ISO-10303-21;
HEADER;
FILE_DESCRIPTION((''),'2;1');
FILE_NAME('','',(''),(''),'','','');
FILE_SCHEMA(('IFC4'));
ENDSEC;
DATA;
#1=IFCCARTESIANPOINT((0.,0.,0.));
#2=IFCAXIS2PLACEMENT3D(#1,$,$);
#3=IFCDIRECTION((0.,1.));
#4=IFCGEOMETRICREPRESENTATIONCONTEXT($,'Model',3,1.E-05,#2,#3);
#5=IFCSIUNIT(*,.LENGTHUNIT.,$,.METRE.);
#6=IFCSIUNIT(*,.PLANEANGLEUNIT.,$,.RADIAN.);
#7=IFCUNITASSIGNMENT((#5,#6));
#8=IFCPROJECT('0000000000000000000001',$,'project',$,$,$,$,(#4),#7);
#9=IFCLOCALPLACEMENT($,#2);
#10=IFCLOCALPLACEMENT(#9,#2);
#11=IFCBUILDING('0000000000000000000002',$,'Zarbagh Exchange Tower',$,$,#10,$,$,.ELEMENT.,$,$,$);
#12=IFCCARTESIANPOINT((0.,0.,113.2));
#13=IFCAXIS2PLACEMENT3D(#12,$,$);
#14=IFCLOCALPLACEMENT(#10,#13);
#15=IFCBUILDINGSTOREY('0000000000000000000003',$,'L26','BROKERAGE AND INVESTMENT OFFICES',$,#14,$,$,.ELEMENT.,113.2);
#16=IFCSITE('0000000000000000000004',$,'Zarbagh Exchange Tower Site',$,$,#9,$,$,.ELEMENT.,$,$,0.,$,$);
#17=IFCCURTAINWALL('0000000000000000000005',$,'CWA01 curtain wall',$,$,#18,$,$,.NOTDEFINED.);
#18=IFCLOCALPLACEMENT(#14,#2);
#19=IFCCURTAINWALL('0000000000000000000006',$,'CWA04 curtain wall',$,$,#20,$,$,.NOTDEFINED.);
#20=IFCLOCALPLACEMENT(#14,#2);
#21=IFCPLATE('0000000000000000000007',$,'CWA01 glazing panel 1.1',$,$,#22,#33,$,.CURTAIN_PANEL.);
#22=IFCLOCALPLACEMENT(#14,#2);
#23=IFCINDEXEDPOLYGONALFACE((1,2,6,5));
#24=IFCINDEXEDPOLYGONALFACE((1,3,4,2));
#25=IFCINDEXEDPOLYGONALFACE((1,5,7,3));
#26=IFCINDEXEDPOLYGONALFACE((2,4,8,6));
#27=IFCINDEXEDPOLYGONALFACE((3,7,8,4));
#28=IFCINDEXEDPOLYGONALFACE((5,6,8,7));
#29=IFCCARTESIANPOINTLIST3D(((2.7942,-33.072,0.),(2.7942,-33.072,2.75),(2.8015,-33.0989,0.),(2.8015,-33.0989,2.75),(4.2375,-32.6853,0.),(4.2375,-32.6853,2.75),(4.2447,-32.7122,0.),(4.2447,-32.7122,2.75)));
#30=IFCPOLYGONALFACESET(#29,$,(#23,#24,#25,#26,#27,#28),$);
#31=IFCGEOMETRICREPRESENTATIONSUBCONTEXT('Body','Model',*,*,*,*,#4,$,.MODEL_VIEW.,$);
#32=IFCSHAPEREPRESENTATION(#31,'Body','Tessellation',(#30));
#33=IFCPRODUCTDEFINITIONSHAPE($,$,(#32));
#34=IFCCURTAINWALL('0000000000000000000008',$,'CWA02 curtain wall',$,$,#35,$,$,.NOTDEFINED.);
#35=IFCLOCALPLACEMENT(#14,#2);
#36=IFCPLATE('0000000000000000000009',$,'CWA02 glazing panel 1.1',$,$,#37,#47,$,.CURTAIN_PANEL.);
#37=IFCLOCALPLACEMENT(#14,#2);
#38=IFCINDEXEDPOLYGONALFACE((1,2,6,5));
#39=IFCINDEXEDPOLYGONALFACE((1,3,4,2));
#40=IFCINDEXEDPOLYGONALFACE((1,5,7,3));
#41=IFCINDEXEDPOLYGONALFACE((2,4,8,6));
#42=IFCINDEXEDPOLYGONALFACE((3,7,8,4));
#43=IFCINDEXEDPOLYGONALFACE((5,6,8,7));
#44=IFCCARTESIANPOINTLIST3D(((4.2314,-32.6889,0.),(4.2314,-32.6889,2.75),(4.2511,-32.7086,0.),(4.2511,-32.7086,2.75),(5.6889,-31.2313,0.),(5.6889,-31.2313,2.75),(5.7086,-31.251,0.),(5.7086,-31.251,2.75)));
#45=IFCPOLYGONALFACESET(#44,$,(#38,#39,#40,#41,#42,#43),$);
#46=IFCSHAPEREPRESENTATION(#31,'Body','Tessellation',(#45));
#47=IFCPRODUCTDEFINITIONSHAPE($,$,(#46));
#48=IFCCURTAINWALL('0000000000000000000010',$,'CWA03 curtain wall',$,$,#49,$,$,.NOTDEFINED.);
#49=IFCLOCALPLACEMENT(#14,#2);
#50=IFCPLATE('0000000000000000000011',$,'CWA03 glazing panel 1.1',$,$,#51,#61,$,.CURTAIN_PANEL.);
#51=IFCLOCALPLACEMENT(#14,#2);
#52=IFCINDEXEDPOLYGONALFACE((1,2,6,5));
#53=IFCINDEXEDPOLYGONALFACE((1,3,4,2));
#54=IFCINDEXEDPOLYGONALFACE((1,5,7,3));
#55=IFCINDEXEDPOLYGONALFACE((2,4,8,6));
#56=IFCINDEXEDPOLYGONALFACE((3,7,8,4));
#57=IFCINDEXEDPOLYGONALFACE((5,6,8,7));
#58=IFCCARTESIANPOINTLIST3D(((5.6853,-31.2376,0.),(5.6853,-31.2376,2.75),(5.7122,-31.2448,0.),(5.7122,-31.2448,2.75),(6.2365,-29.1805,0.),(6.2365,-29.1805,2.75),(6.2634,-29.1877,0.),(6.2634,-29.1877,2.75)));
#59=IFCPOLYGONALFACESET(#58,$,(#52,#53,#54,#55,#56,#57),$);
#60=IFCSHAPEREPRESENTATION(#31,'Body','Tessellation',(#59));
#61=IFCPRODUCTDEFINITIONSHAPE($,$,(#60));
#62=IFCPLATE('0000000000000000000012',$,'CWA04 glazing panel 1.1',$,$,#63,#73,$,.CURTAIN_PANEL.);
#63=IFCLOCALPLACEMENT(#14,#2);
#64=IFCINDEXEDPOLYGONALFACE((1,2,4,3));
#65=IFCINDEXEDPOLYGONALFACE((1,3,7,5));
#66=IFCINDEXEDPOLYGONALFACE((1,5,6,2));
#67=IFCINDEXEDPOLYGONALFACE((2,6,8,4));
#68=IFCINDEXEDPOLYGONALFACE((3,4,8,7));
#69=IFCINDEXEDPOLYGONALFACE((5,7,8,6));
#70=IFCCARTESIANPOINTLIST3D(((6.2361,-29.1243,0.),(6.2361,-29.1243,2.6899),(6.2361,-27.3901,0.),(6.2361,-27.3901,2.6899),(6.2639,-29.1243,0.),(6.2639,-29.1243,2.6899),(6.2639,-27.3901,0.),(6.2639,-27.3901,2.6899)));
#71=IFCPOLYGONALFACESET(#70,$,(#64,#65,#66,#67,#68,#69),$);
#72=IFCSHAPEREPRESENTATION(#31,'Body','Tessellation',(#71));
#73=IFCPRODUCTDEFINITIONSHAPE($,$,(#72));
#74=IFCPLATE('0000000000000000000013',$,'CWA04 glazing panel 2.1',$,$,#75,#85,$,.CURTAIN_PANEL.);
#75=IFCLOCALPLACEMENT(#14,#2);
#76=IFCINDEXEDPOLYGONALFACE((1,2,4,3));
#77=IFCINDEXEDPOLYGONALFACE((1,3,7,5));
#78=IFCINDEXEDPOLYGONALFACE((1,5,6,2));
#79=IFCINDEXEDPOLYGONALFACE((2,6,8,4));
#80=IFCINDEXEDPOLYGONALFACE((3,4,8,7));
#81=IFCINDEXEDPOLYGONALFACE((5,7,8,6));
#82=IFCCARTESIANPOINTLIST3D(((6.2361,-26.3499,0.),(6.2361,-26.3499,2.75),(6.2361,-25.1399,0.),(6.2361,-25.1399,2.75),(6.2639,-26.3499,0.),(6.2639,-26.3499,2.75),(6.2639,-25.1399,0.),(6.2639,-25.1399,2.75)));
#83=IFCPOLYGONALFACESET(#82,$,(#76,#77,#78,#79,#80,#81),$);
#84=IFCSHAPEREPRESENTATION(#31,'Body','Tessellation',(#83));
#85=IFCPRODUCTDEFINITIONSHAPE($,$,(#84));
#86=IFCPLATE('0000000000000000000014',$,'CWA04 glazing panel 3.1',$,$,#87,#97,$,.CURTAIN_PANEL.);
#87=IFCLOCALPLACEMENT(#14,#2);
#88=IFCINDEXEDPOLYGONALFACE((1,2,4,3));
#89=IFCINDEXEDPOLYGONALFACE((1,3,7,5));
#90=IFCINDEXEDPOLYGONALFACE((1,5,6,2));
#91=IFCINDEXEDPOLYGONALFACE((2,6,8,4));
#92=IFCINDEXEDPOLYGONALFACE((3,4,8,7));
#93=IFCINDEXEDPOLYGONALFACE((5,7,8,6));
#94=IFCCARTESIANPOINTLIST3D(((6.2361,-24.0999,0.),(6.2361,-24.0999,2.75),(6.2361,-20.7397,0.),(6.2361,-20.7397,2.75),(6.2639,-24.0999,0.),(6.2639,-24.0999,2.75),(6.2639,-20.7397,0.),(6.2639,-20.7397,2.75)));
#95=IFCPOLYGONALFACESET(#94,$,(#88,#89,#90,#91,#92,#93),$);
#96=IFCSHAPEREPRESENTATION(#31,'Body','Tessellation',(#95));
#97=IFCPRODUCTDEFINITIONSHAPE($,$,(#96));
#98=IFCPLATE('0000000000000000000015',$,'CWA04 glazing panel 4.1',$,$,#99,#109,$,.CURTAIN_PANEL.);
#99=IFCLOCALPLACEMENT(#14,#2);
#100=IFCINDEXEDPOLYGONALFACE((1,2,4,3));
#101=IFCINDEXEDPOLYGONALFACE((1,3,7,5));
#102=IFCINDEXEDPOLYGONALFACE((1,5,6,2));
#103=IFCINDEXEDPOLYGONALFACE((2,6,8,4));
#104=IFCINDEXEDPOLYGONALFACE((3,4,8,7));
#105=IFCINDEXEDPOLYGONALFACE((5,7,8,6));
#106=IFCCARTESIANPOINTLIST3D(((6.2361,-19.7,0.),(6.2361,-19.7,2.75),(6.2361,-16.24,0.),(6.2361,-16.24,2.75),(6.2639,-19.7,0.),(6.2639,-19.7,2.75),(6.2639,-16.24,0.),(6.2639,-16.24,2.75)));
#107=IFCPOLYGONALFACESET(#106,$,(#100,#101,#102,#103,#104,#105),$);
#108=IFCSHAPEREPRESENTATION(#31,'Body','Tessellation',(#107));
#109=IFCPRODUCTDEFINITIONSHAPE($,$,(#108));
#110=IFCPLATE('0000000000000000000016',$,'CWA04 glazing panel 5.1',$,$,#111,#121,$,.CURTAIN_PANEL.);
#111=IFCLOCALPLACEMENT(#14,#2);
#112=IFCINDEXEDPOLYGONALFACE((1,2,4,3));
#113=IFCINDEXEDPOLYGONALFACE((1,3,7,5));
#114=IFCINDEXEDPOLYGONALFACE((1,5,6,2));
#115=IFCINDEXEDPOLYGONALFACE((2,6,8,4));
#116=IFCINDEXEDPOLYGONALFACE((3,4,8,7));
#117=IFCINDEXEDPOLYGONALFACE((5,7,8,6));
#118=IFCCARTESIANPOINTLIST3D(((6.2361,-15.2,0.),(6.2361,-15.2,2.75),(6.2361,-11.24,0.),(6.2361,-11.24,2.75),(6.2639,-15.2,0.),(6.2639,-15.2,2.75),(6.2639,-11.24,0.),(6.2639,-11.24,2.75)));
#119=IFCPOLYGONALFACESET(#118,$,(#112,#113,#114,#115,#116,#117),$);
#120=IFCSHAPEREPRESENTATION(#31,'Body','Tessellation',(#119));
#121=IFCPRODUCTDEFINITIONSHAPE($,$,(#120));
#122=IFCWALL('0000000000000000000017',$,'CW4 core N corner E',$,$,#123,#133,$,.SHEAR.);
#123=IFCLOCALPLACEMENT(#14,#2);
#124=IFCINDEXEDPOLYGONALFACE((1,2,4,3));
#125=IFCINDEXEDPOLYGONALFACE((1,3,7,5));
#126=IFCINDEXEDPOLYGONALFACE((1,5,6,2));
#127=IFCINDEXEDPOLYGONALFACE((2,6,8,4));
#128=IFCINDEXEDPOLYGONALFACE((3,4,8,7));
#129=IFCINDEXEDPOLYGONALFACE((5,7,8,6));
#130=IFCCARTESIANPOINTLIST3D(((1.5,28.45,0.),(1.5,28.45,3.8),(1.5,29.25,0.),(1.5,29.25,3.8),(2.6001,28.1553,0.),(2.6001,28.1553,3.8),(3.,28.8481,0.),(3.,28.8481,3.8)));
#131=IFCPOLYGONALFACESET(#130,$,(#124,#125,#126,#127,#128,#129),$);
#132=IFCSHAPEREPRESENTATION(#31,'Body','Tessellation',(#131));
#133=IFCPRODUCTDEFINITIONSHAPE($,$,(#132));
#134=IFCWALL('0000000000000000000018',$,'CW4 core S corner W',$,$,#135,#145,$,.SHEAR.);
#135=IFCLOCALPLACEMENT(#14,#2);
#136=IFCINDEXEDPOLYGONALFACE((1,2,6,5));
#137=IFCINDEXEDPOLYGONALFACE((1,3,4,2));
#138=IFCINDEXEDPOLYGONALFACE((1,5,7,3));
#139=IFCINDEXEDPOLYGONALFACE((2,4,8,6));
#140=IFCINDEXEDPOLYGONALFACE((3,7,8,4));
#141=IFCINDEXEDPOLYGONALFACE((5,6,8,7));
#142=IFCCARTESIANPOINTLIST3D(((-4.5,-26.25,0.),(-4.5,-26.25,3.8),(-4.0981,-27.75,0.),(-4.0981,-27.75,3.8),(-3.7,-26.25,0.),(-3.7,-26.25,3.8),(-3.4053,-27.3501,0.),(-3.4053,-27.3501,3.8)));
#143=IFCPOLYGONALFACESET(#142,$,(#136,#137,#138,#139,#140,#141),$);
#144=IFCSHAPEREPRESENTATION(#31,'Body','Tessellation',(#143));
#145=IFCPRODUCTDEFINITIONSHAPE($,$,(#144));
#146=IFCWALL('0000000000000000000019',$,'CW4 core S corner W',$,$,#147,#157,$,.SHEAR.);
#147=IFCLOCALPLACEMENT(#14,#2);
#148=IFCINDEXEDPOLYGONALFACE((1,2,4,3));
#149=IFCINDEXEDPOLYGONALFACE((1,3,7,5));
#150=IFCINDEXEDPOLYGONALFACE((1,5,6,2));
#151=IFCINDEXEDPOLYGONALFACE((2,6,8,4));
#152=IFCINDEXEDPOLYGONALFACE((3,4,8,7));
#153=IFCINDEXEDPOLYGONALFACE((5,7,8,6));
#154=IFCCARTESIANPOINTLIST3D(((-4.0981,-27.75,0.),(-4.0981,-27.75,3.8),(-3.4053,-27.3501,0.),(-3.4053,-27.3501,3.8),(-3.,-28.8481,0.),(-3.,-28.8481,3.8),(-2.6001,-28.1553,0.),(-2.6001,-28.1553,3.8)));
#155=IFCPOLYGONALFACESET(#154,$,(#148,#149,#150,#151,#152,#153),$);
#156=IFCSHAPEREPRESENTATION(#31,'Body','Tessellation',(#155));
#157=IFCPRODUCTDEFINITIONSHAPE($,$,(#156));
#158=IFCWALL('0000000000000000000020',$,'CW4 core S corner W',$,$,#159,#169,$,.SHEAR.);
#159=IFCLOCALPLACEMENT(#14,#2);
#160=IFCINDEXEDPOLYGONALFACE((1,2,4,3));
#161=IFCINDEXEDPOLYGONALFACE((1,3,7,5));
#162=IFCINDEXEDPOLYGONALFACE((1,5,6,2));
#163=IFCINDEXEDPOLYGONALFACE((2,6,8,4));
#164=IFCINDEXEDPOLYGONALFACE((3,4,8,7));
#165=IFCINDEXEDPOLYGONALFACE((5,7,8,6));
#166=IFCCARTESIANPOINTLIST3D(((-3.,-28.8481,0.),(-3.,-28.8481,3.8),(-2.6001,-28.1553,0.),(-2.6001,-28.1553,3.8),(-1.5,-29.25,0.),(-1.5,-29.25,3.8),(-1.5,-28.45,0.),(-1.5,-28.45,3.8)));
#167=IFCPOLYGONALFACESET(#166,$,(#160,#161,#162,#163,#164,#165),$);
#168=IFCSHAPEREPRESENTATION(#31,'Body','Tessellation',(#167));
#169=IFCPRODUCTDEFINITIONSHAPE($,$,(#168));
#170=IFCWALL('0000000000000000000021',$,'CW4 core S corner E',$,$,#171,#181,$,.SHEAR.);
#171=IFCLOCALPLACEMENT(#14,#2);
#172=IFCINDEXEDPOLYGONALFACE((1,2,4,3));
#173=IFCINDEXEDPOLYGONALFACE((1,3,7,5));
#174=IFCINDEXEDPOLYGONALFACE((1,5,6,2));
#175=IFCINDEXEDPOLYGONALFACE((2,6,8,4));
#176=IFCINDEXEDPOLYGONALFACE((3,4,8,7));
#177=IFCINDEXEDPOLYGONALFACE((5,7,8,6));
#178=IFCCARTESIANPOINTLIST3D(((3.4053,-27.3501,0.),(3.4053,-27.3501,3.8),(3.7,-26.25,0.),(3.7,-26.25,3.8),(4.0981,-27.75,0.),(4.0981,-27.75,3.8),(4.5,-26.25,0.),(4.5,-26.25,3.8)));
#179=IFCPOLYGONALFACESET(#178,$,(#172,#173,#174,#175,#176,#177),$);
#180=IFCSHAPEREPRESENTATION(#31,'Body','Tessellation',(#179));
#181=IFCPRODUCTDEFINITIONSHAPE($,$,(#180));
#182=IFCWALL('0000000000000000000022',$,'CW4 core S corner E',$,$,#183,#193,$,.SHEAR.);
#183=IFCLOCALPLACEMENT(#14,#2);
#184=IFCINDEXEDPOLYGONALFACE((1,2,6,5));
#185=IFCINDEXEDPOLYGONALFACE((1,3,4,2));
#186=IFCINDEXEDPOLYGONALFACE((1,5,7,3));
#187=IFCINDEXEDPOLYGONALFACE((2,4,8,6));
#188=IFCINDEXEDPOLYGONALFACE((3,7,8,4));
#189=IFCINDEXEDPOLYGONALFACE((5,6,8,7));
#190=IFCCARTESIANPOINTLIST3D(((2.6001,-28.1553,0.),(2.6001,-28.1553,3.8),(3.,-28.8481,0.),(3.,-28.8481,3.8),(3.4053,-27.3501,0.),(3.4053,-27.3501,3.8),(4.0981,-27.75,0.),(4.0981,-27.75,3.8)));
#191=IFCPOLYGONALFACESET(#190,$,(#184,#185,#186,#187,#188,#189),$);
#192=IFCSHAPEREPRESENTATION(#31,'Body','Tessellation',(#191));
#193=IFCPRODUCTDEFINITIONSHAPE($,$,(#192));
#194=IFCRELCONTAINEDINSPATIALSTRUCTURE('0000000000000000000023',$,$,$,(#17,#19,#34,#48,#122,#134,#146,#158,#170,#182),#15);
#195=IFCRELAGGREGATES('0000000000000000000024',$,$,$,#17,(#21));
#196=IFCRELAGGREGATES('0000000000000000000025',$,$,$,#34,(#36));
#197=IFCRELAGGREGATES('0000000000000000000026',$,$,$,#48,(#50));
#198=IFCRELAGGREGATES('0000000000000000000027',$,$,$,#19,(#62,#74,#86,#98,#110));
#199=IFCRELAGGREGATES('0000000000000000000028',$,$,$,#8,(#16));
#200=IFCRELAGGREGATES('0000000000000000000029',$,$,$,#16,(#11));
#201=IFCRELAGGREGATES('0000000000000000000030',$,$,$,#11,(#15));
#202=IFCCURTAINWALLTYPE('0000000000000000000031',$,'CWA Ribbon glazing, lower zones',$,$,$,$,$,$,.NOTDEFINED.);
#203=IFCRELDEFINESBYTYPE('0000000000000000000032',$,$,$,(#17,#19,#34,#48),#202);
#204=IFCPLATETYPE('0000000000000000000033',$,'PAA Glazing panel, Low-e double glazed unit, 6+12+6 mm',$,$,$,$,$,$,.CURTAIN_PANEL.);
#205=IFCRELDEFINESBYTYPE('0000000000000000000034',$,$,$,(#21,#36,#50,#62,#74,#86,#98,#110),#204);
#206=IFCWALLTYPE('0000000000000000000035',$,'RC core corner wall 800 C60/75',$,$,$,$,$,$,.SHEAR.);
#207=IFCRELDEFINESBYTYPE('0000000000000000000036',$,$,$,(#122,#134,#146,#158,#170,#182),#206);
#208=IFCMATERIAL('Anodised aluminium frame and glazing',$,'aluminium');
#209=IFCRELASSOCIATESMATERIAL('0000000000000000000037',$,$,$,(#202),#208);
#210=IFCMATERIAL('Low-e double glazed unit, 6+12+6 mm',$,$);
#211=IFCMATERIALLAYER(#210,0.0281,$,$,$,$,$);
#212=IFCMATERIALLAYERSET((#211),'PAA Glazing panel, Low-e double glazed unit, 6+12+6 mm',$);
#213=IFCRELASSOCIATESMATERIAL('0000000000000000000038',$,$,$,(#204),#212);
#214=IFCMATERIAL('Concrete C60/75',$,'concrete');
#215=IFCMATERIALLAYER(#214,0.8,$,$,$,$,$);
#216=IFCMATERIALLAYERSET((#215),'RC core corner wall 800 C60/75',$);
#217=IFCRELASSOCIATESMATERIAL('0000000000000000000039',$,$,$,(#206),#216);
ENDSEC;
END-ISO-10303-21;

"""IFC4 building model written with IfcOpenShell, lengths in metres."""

from ifc_helpers import new_model, si_unit, direction, frame, origin, place, context, subcontext, project, spatial, polyline, outline, extrude, source, transform, mapped, material, layer, layer_set, type_object, element, aggregate, save


model = new_model("IFC4")

# Units and contexts
model_context = context("Model", 3, precision=1e-05, world=origin(), true_north=direction((0.0, 1.0)))
body_context = subcontext(model_context, "Body", "Model", "MODEL_VIEW")
ifc_project = project(units=[si_unit("LENGTHUNIT", "METRE"), si_unit("PLANEANGLEUNIT", "RADIAN")], contexts=[model_context])

# Site, building, storey
site_placement = place(None, origin())
site = spatial("IfcSite", under=ifc_project, at=site_placement, Name="Zarbagh Exchange Tower Site", CompositionType="ELEMENT", RefElevation=0.0)
building_placement = place(site_placement, origin())
building = spatial("IfcBuilding", under=site, at=building_placement, Name="Zarbagh Exchange Tower", CompositionType="ELEMENT")
storey_placement = place(building_placement, frame((0.0, 0.0, 113.2)))
storey = spatial("IfcBuildingStorey", under=building, at=storey_placement, Name="L26", Description="BROKERAGE AND INVESTMENT OFFICES", CompositionType="ELEMENT", Elevation=113.2)

# Curtain wall
ifc_material_1 = material(Name="Anodised aluminium frame and glazing", Category="aluminium")
curtain_wall_type = type_object("IfcCurtainWallType", Name="CWA Ribbon glazing, lower zones", PredefinedType="NOTDEFINED", material=ifc_material_1)
curtain_wall_1_placement = place(storey_placement, origin())
curtain_wall_1 = element("IfcCurtainWall", 1, at=curtain_wall_1_placement, inside=storey, type_object=curtain_wall_type, Name="CWA01 curtain wall", PredefinedType="NOTDEFINED")
placement = place(storey_placement, origin())

# Curtain wall
curtain_wall_2_placement = place(storey_placement, origin())
curtain_wall_2 = element("IfcCurtainWall", 2, at=curtain_wall_2_placement, inside=storey, type_object=curtain_wall_type, Name="CWA04 curtain wall", PredefinedType="NOTDEFINED")

# Plate
ifc_material_2 = material(Name="Low-e double glazed unit, 6+12+6 mm")
ifc_layer_1 = layer(ifc_material_2, 0.0281)
ifc_layer_set_1 = layer_set([ifc_layer_1], Name="PAA Glazing panel, Low-e double glazed unit, 6+12+6 mm")
plate_type = type_object("IfcPlateType", Name="PAA Glazing panel, Low-e double glazed unit, 6+12+6 mm", PredefinedType="CURTAIN_PANEL", material=ifc_layer_set_1)
shared_shape_1 = source(origin(), body_context, "Body", "SweptSolid", [
    extrude(outline(polyline([(0.0, -0.0139), (1.4941, -0.0139), (1.4941, 0.0139), (0.0, 0.0139), (0.0, -0.0139)])), origin(), (0.0, 0.0, 1.0), 2.75),
])
plate_1 = element("IfcPlate", 3, at=placement, type_object=plate_type, Name="CWA01 glazing panel 1.1", PredefinedType="CURTAIN_PANEL", context=body_context, shape_type="MappedRepresentation", body=[
    mapped(shared_shape_1, transform((2.7979, -33.0854, 0.0), x_axis=(0.965924, 0.258825, 0.0), y_axis=(-0.258825, 0.965924, 0.0), z_axis=(0.0, 0.0, 1.0))),
])
aggregate(curtain_wall_1, [plate_1])

# Curtain walls, plates
curtain_wall_3_placement = place(storey_placement, origin())
curtain_wall_3 = element("IfcCurtainWall", 4, at=curtain_wall_3_placement, inside=storey, type_object=curtain_wall_type, Name="CWA02 curtain wall", PredefinedType="NOTDEFINED")
shared_shape_2 = source(origin(), body_context, "Body", "SweptSolid", [
    extrude(outline(polyline([(0.0, -0.0139), (2.0613, -0.0139), (2.0613, 0.0139), (0.0, 0.0139), (0.0, -0.0139)])), origin(), (0.0, 0.0, 1.0), 2.75),
])
plate_2 = element("IfcPlate", 5, at=placement, type_object=plate_type, Name="CWA02 glazing panel 1.1", PredefinedType="CURTAIN_PANEL", context=body_context, shape_type="MappedRepresentation", body=[
    mapped(shared_shape_2, transform((4.2412, -32.6987, 0.0), x_axis=(0.707107, 0.707107, 0.0), y_axis=(-0.707107, 0.707107, 0.0), z_axis=(0.0, 0.0, 1.0))),
])
aggregate(curtain_wall_3, [plate_2])
curtain_wall_4_placement = place(storey_placement, origin())
curtain_wall_4 = element("IfcCurtainWall", 6, at=curtain_wall_4_placement, inside=storey, type_object=curtain_wall_type, Name="CWA03 curtain wall", PredefinedType="NOTDEFINED")
shared_shape_3 = source(origin(), body_context, "Body", "SweptSolid", [
    extrude(outline(polyline([(0.0, -0.0139), (2.1296, -0.0139), (2.1296, 0.0139), (0.0, 0.0139), (0.0, -0.0139)])), origin(), (0.0, 0.0, 1.0), 2.75),
])
plate_3 = element("IfcPlate", 7, at=placement, type_object=plate_type, Name="CWA03 glazing panel 1.1", PredefinedType="CURTAIN_PANEL", context=body_context, shape_type="MappedRepresentation", body=[
    mapped(shared_shape_3, transform((5.6987, -31.2412, 0.0), x_axis=(0.258825, 0.965924, 0.0), y_axis=(-0.965924, 0.258825, 0.0), z_axis=(0.0, 0.0, 1.0))),
])
aggregate(curtain_wall_4, [plate_3])

# Plates
shared_shape_4 = source(origin(), body_context, "Body", "SweptSolid", [
    extrude(outline(polyline([(0.0, -0.0139), (1.7341, -0.0139), (1.7341, 0.0139), (0.0, 0.0139), (0.0, -0.0139)])), origin(), (0.0, 0.0, 1.0), 2.6899),
])
plate_4 = element("IfcPlate", 8, at=placement, type_object=plate_type, Name="CWA04 glazing panel 1.1", PredefinedType="CURTAIN_PANEL", context=body_context, shape_type="MappedRepresentation", body=[
    mapped(shared_shape_4, transform((6.25, -29.1243, 0.0), x_axis=(0.0, 1.0, 0.0), y_axis=(-1.0, 0.0, 0.0), z_axis=(0.0, 0.0, 1.0))),
])
shared_shape_5 = source(origin(), body_context, "Body", "SweptSolid", [
    extrude(outline(polyline([(0.0, -0.0139), (1.21, -0.0139), (1.21, 0.0139), (0.0, 0.0139), (0.0, -0.0139)])), origin(), (0.0, 0.0, 1.0), 2.75),
])
plate_5 = element("IfcPlate", 9, at=placement, type_object=plate_type, Name="CWA04 glazing panel 2.1", PredefinedType="CURTAIN_PANEL", context=body_context, shape_type="MappedRepresentation", body=[
    mapped(shared_shape_5, transform((6.25, -26.3499, 0.0), x_axis=(0.0, 1.0, 0.0), y_axis=(-1.0, 0.0, 0.0), z_axis=(0.0, 0.0, 1.0))),
])
shared_shape_6 = source(origin(), body_context, "Body", "SweptSolid", [
    extrude(outline(polyline([(0.0, -0.0139), (3.3601, -0.0139), (3.3601, 0.0139), (0.0, 0.0139), (0.0, -0.0139)])), origin(), (0.0, 0.0, 1.0), 2.75),
])
plate_6 = element("IfcPlate", 10, at=placement, type_object=plate_type, Name="CWA04 glazing panel 3.1", PredefinedType="CURTAIN_PANEL", context=body_context, shape_type="MappedRepresentation", body=[
    mapped(shared_shape_6, transform((6.25, -24.0999, 0.0), x_axis=(0.0, 1.0, 0.0), y_axis=(-1.0, 0.0, 0.0), z_axis=(0.0, 0.0, 1.0))),
])
shared_shape_7 = source(origin(), body_context, "Body", "SweptSolid", [
    extrude(outline(polyline([(0.0, -0.0139), (3.46, -0.0139), (3.46, 0.0139), (0.0, 0.0139), (0.0, -0.0139)])), origin(), (0.0, 0.0, 1.0), 2.75),
])
plate_7 = element("IfcPlate", 11, at=placement, type_object=plate_type, Name="CWA04 glazing panel 4.1", PredefinedType="CURTAIN_PANEL", context=body_context, shape_type="MappedRepresentation", body=[
    mapped(shared_shape_7, transform((6.25, -19.7, 0.0), x_axis=(0.0, 1.0, 0.0), y_axis=(-1.0, 0.0, 0.0), z_axis=(0.0, 0.0, 1.0))),
])
shared_shape_8 = source(origin(), body_context, "Body", "SweptSolid", [
    extrude(outline(polyline([(0.0, -0.0139), (3.96, -0.0139), (3.96, 0.0139), (0.0, 0.0139), (0.0, -0.0139)])), origin(), (0.0, 0.0, 1.0), 2.75),
])
plate_8 = element("IfcPlate", 12, at=placement, type_object=plate_type, Name="CWA04 glazing panel 5.1", PredefinedType="CURTAIN_PANEL", context=body_context, shape_type="MappedRepresentation", body=[
    mapped(shared_shape_8, transform((6.25, -15.2, 0.0), x_axis=(0.0, 1.0, 0.0), y_axis=(-1.0, 0.0, 0.0), z_axis=(0.0, 0.0, 1.0))),
])
aggregate(curtain_wall_2, [plate_4, plate_5, plate_6, plate_7, plate_8])

# Walls
ifc_material_3 = material(Name="Concrete C60/75", Category="concrete")
ifc_layer_2 = layer(ifc_material_3, 0.8)
ifc_layer_set_2 = layer_set([ifc_layer_2], Name="RC core corner wall 800 C60/75")
wall_type = type_object("IfcWallType", Name="RC core corner wall 800 C60/75", PredefinedType="SHEAR", material=ifc_layer_set_2)
wall_1_placement = place(storey_placement, origin())
element("IfcWall", 13, at=wall_1_placement, inside=storey, type_object=wall_type, Name="CW4 core N corner E", PredefinedType="SHEAR", context=body_context, shape_type="SweptSolid", body=[
    extrude(outline(polyline([(3.0, 28.8481), (1.5, 29.25), (1.5, 28.45), (2.6001, 28.1553), (3.0, 28.8481)])), origin(), (0.0, 0.0, 1.0), 3.8),
])
wall_2_placement = place(storey_placement, origin())
element("IfcWall", 14, at=wall_2_placement, inside=storey, type_object=wall_type, Name="CW4 core S corner W", PredefinedType="SHEAR", context=body_context, shape_type="SweptSolid", body=[
    extrude(outline(polyline([(-4.5, -26.25), (-4.0981, -27.75), (-3.4053, -27.3501), (-3.7, -26.25), (-4.5, -26.25)])), origin(), (0.0, 0.0, 1.0), 3.8),
])
wall_3_placement = place(storey_placement, origin())
element("IfcWall", 15, at=wall_3_placement, inside=storey, type_object=wall_type, Name="CW4 core S corner W", PredefinedType="SHEAR", context=body_context, shape_type="SweptSolid", body=[
    extrude(outline(polyline([(-4.0981, -27.75), (-3.0, -28.8481), (-2.6001, -28.1553), (-3.4053, -27.3501), (-4.0981, -27.75)])), origin(), (0.0, 0.0, 1.0), 3.8),
])
wall_4_placement = place(storey_placement, origin())
element("IfcWall", 16, at=wall_4_placement, inside=storey, type_object=wall_type, Name="CW4 core S corner W", PredefinedType="SHEAR", context=body_context, shape_type="SweptSolid", body=[
    extrude(outline(polyline([(-3.0, -28.8481), (-1.5, -29.25), (-1.5, -28.45), (-2.6001, -28.1553), (-3.0, -28.8481)])), origin(), (0.0, 0.0, 1.0), 3.8),
])
wall_5_placement = place(storey_placement, origin())
element("IfcWall", 17, at=wall_5_placement, inside=storey, type_object=wall_type, Name="CW4 core S corner E", PredefinedType="SHEAR", context=body_context, shape_type="SweptSolid", body=[
    extrude(outline(polyline([(4.5, -26.25), (4.0981, -27.75), (3.4053, -27.3501), (3.7, -26.25), (4.5, -26.25)])), origin(), (0.0, 0.0, 1.0), 3.8),
])
wall_6_placement = place(storey_placement, origin())
element("IfcWall", 18, at=wall_6_placement, inside=storey, type_object=wall_type, Name="CW4 core S corner E", PredefinedType="SHEAR", context=body_context, shape_type="SweptSolid", body=[
    extrude(outline(polyline([(4.0981, -27.75), (3.0, -28.8481), (2.6001, -28.1553), (3.4053, -27.3501), (4.0981, -27.75)])), origin(), (0.0, 0.0, 1.0), 3.8),
])

save(model, "model.ifc")
